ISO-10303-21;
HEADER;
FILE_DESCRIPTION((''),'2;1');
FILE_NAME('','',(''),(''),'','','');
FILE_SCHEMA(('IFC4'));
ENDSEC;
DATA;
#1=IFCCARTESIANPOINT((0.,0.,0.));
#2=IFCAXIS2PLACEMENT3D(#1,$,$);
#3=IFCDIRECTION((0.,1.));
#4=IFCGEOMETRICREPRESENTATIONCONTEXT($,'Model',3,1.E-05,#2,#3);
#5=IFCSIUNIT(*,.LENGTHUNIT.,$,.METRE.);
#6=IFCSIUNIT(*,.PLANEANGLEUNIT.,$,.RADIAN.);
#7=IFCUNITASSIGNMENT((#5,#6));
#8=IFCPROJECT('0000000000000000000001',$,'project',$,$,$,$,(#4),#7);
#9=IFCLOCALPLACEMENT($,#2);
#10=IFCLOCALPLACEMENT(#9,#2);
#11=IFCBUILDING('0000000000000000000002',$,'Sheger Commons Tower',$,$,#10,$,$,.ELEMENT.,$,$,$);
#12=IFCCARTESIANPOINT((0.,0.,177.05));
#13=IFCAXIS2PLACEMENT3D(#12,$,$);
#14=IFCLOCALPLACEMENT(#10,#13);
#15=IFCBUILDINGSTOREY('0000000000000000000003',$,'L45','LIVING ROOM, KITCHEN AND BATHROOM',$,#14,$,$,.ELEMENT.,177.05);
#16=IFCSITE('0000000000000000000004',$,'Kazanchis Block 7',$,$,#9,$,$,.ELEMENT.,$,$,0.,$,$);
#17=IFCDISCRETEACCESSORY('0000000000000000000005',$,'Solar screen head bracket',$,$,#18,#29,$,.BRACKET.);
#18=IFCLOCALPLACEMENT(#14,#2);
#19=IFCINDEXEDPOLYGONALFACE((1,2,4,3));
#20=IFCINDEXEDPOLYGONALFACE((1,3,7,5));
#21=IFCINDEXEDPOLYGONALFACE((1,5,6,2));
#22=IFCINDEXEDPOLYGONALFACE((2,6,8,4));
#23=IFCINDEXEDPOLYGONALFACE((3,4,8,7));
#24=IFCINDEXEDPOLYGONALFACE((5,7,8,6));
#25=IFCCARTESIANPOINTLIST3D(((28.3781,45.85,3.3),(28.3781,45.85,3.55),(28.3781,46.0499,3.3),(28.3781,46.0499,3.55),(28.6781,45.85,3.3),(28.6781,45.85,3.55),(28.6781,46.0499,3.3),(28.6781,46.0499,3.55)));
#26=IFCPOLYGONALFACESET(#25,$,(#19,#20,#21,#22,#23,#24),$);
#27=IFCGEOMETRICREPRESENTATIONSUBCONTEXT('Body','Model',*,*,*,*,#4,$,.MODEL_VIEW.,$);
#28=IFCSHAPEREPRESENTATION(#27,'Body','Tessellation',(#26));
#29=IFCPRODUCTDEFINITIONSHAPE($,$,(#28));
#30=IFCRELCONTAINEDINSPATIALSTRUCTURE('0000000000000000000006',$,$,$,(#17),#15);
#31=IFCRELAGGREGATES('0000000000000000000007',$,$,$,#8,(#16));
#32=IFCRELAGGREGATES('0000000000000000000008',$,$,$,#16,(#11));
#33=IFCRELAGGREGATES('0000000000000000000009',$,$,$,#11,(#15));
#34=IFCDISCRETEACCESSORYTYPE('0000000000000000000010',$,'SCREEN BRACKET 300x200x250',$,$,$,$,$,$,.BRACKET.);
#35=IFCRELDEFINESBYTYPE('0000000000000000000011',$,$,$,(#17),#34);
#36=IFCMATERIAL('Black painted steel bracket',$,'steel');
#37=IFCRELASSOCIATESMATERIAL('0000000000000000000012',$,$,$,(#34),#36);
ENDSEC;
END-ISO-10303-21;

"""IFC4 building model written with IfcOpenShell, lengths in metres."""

from ifc_helpers import new_model, si_unit, direction, frame, origin, origin_2d, place, context, subcontext, project, spatial, rectangle, extrude, material, type_object, element, save


model = new_model("IFC4")

# Units and contexts
model_context = context("Model", 3, precision=1e-05, world=origin(), true_north=direction((0.0, 1.0)))
body_context = subcontext(model_context, "Body", "Model", "MODEL_VIEW")
ifc_project = project(units=[si_unit("LENGTHUNIT", "METRE"), si_unit("PLANEANGLEUNIT", "RADIAN")], contexts=[model_context])

# Site, building, storey
site_placement = place(None, origin())
site = spatial("IfcSite", under=ifc_project, at=site_placement, Name="Kazanchis Block 7", CompositionType="ELEMENT", RefElevation=0.0)
building_placement = place(site_placement, origin())
building = spatial("IfcBuilding", under=site, at=building_placement, Name="Sheger Commons Tower", CompositionType="ELEMENT")
storey_placement = place(building_placement, frame((0.0, 0.0, 177.05)))
storey = spatial("IfcBuildingStorey", under=building, at=storey_placement, Name="L45", Description="LIVING ROOM, KITCHEN AND BATHROOM", CompositionType="ELEMENT", Elevation=177.05)

# Discrete accessory
ifc_material_1 = material(Name="Black painted steel bracket", Category="steel")
discrete_accessory_type = type_object("IfcDiscreteAccessoryType", Name="SCREEN BRACKET 300x200x250", PredefinedType="BRACKET", material=ifc_material_1)
for number, where, z_axis, x_axis, name in (
    (1, (28.5281, 45.95, 3.3), (0.0, 0.0, 1.0), (-1.0, 0.0, 0.0), "Solar screen head bracket"),
):
    element("IfcDiscreteAccessory", number, at=place(storey_placement, frame(where, z_axis=z_axis, x_axis=x_axis)), inside=storey, type_object=discrete_accessory_type, Name=name, PredefinedType="BRACKET", context=body_context, shape_type="SweptSolid", body=[
        extrude(rectangle(XDim=0.3, YDim=0.2, at=origin_2d()), origin(), (0.0, 0.0, 1.0), 0.25),
    ])

save(model, "model.ifc")
